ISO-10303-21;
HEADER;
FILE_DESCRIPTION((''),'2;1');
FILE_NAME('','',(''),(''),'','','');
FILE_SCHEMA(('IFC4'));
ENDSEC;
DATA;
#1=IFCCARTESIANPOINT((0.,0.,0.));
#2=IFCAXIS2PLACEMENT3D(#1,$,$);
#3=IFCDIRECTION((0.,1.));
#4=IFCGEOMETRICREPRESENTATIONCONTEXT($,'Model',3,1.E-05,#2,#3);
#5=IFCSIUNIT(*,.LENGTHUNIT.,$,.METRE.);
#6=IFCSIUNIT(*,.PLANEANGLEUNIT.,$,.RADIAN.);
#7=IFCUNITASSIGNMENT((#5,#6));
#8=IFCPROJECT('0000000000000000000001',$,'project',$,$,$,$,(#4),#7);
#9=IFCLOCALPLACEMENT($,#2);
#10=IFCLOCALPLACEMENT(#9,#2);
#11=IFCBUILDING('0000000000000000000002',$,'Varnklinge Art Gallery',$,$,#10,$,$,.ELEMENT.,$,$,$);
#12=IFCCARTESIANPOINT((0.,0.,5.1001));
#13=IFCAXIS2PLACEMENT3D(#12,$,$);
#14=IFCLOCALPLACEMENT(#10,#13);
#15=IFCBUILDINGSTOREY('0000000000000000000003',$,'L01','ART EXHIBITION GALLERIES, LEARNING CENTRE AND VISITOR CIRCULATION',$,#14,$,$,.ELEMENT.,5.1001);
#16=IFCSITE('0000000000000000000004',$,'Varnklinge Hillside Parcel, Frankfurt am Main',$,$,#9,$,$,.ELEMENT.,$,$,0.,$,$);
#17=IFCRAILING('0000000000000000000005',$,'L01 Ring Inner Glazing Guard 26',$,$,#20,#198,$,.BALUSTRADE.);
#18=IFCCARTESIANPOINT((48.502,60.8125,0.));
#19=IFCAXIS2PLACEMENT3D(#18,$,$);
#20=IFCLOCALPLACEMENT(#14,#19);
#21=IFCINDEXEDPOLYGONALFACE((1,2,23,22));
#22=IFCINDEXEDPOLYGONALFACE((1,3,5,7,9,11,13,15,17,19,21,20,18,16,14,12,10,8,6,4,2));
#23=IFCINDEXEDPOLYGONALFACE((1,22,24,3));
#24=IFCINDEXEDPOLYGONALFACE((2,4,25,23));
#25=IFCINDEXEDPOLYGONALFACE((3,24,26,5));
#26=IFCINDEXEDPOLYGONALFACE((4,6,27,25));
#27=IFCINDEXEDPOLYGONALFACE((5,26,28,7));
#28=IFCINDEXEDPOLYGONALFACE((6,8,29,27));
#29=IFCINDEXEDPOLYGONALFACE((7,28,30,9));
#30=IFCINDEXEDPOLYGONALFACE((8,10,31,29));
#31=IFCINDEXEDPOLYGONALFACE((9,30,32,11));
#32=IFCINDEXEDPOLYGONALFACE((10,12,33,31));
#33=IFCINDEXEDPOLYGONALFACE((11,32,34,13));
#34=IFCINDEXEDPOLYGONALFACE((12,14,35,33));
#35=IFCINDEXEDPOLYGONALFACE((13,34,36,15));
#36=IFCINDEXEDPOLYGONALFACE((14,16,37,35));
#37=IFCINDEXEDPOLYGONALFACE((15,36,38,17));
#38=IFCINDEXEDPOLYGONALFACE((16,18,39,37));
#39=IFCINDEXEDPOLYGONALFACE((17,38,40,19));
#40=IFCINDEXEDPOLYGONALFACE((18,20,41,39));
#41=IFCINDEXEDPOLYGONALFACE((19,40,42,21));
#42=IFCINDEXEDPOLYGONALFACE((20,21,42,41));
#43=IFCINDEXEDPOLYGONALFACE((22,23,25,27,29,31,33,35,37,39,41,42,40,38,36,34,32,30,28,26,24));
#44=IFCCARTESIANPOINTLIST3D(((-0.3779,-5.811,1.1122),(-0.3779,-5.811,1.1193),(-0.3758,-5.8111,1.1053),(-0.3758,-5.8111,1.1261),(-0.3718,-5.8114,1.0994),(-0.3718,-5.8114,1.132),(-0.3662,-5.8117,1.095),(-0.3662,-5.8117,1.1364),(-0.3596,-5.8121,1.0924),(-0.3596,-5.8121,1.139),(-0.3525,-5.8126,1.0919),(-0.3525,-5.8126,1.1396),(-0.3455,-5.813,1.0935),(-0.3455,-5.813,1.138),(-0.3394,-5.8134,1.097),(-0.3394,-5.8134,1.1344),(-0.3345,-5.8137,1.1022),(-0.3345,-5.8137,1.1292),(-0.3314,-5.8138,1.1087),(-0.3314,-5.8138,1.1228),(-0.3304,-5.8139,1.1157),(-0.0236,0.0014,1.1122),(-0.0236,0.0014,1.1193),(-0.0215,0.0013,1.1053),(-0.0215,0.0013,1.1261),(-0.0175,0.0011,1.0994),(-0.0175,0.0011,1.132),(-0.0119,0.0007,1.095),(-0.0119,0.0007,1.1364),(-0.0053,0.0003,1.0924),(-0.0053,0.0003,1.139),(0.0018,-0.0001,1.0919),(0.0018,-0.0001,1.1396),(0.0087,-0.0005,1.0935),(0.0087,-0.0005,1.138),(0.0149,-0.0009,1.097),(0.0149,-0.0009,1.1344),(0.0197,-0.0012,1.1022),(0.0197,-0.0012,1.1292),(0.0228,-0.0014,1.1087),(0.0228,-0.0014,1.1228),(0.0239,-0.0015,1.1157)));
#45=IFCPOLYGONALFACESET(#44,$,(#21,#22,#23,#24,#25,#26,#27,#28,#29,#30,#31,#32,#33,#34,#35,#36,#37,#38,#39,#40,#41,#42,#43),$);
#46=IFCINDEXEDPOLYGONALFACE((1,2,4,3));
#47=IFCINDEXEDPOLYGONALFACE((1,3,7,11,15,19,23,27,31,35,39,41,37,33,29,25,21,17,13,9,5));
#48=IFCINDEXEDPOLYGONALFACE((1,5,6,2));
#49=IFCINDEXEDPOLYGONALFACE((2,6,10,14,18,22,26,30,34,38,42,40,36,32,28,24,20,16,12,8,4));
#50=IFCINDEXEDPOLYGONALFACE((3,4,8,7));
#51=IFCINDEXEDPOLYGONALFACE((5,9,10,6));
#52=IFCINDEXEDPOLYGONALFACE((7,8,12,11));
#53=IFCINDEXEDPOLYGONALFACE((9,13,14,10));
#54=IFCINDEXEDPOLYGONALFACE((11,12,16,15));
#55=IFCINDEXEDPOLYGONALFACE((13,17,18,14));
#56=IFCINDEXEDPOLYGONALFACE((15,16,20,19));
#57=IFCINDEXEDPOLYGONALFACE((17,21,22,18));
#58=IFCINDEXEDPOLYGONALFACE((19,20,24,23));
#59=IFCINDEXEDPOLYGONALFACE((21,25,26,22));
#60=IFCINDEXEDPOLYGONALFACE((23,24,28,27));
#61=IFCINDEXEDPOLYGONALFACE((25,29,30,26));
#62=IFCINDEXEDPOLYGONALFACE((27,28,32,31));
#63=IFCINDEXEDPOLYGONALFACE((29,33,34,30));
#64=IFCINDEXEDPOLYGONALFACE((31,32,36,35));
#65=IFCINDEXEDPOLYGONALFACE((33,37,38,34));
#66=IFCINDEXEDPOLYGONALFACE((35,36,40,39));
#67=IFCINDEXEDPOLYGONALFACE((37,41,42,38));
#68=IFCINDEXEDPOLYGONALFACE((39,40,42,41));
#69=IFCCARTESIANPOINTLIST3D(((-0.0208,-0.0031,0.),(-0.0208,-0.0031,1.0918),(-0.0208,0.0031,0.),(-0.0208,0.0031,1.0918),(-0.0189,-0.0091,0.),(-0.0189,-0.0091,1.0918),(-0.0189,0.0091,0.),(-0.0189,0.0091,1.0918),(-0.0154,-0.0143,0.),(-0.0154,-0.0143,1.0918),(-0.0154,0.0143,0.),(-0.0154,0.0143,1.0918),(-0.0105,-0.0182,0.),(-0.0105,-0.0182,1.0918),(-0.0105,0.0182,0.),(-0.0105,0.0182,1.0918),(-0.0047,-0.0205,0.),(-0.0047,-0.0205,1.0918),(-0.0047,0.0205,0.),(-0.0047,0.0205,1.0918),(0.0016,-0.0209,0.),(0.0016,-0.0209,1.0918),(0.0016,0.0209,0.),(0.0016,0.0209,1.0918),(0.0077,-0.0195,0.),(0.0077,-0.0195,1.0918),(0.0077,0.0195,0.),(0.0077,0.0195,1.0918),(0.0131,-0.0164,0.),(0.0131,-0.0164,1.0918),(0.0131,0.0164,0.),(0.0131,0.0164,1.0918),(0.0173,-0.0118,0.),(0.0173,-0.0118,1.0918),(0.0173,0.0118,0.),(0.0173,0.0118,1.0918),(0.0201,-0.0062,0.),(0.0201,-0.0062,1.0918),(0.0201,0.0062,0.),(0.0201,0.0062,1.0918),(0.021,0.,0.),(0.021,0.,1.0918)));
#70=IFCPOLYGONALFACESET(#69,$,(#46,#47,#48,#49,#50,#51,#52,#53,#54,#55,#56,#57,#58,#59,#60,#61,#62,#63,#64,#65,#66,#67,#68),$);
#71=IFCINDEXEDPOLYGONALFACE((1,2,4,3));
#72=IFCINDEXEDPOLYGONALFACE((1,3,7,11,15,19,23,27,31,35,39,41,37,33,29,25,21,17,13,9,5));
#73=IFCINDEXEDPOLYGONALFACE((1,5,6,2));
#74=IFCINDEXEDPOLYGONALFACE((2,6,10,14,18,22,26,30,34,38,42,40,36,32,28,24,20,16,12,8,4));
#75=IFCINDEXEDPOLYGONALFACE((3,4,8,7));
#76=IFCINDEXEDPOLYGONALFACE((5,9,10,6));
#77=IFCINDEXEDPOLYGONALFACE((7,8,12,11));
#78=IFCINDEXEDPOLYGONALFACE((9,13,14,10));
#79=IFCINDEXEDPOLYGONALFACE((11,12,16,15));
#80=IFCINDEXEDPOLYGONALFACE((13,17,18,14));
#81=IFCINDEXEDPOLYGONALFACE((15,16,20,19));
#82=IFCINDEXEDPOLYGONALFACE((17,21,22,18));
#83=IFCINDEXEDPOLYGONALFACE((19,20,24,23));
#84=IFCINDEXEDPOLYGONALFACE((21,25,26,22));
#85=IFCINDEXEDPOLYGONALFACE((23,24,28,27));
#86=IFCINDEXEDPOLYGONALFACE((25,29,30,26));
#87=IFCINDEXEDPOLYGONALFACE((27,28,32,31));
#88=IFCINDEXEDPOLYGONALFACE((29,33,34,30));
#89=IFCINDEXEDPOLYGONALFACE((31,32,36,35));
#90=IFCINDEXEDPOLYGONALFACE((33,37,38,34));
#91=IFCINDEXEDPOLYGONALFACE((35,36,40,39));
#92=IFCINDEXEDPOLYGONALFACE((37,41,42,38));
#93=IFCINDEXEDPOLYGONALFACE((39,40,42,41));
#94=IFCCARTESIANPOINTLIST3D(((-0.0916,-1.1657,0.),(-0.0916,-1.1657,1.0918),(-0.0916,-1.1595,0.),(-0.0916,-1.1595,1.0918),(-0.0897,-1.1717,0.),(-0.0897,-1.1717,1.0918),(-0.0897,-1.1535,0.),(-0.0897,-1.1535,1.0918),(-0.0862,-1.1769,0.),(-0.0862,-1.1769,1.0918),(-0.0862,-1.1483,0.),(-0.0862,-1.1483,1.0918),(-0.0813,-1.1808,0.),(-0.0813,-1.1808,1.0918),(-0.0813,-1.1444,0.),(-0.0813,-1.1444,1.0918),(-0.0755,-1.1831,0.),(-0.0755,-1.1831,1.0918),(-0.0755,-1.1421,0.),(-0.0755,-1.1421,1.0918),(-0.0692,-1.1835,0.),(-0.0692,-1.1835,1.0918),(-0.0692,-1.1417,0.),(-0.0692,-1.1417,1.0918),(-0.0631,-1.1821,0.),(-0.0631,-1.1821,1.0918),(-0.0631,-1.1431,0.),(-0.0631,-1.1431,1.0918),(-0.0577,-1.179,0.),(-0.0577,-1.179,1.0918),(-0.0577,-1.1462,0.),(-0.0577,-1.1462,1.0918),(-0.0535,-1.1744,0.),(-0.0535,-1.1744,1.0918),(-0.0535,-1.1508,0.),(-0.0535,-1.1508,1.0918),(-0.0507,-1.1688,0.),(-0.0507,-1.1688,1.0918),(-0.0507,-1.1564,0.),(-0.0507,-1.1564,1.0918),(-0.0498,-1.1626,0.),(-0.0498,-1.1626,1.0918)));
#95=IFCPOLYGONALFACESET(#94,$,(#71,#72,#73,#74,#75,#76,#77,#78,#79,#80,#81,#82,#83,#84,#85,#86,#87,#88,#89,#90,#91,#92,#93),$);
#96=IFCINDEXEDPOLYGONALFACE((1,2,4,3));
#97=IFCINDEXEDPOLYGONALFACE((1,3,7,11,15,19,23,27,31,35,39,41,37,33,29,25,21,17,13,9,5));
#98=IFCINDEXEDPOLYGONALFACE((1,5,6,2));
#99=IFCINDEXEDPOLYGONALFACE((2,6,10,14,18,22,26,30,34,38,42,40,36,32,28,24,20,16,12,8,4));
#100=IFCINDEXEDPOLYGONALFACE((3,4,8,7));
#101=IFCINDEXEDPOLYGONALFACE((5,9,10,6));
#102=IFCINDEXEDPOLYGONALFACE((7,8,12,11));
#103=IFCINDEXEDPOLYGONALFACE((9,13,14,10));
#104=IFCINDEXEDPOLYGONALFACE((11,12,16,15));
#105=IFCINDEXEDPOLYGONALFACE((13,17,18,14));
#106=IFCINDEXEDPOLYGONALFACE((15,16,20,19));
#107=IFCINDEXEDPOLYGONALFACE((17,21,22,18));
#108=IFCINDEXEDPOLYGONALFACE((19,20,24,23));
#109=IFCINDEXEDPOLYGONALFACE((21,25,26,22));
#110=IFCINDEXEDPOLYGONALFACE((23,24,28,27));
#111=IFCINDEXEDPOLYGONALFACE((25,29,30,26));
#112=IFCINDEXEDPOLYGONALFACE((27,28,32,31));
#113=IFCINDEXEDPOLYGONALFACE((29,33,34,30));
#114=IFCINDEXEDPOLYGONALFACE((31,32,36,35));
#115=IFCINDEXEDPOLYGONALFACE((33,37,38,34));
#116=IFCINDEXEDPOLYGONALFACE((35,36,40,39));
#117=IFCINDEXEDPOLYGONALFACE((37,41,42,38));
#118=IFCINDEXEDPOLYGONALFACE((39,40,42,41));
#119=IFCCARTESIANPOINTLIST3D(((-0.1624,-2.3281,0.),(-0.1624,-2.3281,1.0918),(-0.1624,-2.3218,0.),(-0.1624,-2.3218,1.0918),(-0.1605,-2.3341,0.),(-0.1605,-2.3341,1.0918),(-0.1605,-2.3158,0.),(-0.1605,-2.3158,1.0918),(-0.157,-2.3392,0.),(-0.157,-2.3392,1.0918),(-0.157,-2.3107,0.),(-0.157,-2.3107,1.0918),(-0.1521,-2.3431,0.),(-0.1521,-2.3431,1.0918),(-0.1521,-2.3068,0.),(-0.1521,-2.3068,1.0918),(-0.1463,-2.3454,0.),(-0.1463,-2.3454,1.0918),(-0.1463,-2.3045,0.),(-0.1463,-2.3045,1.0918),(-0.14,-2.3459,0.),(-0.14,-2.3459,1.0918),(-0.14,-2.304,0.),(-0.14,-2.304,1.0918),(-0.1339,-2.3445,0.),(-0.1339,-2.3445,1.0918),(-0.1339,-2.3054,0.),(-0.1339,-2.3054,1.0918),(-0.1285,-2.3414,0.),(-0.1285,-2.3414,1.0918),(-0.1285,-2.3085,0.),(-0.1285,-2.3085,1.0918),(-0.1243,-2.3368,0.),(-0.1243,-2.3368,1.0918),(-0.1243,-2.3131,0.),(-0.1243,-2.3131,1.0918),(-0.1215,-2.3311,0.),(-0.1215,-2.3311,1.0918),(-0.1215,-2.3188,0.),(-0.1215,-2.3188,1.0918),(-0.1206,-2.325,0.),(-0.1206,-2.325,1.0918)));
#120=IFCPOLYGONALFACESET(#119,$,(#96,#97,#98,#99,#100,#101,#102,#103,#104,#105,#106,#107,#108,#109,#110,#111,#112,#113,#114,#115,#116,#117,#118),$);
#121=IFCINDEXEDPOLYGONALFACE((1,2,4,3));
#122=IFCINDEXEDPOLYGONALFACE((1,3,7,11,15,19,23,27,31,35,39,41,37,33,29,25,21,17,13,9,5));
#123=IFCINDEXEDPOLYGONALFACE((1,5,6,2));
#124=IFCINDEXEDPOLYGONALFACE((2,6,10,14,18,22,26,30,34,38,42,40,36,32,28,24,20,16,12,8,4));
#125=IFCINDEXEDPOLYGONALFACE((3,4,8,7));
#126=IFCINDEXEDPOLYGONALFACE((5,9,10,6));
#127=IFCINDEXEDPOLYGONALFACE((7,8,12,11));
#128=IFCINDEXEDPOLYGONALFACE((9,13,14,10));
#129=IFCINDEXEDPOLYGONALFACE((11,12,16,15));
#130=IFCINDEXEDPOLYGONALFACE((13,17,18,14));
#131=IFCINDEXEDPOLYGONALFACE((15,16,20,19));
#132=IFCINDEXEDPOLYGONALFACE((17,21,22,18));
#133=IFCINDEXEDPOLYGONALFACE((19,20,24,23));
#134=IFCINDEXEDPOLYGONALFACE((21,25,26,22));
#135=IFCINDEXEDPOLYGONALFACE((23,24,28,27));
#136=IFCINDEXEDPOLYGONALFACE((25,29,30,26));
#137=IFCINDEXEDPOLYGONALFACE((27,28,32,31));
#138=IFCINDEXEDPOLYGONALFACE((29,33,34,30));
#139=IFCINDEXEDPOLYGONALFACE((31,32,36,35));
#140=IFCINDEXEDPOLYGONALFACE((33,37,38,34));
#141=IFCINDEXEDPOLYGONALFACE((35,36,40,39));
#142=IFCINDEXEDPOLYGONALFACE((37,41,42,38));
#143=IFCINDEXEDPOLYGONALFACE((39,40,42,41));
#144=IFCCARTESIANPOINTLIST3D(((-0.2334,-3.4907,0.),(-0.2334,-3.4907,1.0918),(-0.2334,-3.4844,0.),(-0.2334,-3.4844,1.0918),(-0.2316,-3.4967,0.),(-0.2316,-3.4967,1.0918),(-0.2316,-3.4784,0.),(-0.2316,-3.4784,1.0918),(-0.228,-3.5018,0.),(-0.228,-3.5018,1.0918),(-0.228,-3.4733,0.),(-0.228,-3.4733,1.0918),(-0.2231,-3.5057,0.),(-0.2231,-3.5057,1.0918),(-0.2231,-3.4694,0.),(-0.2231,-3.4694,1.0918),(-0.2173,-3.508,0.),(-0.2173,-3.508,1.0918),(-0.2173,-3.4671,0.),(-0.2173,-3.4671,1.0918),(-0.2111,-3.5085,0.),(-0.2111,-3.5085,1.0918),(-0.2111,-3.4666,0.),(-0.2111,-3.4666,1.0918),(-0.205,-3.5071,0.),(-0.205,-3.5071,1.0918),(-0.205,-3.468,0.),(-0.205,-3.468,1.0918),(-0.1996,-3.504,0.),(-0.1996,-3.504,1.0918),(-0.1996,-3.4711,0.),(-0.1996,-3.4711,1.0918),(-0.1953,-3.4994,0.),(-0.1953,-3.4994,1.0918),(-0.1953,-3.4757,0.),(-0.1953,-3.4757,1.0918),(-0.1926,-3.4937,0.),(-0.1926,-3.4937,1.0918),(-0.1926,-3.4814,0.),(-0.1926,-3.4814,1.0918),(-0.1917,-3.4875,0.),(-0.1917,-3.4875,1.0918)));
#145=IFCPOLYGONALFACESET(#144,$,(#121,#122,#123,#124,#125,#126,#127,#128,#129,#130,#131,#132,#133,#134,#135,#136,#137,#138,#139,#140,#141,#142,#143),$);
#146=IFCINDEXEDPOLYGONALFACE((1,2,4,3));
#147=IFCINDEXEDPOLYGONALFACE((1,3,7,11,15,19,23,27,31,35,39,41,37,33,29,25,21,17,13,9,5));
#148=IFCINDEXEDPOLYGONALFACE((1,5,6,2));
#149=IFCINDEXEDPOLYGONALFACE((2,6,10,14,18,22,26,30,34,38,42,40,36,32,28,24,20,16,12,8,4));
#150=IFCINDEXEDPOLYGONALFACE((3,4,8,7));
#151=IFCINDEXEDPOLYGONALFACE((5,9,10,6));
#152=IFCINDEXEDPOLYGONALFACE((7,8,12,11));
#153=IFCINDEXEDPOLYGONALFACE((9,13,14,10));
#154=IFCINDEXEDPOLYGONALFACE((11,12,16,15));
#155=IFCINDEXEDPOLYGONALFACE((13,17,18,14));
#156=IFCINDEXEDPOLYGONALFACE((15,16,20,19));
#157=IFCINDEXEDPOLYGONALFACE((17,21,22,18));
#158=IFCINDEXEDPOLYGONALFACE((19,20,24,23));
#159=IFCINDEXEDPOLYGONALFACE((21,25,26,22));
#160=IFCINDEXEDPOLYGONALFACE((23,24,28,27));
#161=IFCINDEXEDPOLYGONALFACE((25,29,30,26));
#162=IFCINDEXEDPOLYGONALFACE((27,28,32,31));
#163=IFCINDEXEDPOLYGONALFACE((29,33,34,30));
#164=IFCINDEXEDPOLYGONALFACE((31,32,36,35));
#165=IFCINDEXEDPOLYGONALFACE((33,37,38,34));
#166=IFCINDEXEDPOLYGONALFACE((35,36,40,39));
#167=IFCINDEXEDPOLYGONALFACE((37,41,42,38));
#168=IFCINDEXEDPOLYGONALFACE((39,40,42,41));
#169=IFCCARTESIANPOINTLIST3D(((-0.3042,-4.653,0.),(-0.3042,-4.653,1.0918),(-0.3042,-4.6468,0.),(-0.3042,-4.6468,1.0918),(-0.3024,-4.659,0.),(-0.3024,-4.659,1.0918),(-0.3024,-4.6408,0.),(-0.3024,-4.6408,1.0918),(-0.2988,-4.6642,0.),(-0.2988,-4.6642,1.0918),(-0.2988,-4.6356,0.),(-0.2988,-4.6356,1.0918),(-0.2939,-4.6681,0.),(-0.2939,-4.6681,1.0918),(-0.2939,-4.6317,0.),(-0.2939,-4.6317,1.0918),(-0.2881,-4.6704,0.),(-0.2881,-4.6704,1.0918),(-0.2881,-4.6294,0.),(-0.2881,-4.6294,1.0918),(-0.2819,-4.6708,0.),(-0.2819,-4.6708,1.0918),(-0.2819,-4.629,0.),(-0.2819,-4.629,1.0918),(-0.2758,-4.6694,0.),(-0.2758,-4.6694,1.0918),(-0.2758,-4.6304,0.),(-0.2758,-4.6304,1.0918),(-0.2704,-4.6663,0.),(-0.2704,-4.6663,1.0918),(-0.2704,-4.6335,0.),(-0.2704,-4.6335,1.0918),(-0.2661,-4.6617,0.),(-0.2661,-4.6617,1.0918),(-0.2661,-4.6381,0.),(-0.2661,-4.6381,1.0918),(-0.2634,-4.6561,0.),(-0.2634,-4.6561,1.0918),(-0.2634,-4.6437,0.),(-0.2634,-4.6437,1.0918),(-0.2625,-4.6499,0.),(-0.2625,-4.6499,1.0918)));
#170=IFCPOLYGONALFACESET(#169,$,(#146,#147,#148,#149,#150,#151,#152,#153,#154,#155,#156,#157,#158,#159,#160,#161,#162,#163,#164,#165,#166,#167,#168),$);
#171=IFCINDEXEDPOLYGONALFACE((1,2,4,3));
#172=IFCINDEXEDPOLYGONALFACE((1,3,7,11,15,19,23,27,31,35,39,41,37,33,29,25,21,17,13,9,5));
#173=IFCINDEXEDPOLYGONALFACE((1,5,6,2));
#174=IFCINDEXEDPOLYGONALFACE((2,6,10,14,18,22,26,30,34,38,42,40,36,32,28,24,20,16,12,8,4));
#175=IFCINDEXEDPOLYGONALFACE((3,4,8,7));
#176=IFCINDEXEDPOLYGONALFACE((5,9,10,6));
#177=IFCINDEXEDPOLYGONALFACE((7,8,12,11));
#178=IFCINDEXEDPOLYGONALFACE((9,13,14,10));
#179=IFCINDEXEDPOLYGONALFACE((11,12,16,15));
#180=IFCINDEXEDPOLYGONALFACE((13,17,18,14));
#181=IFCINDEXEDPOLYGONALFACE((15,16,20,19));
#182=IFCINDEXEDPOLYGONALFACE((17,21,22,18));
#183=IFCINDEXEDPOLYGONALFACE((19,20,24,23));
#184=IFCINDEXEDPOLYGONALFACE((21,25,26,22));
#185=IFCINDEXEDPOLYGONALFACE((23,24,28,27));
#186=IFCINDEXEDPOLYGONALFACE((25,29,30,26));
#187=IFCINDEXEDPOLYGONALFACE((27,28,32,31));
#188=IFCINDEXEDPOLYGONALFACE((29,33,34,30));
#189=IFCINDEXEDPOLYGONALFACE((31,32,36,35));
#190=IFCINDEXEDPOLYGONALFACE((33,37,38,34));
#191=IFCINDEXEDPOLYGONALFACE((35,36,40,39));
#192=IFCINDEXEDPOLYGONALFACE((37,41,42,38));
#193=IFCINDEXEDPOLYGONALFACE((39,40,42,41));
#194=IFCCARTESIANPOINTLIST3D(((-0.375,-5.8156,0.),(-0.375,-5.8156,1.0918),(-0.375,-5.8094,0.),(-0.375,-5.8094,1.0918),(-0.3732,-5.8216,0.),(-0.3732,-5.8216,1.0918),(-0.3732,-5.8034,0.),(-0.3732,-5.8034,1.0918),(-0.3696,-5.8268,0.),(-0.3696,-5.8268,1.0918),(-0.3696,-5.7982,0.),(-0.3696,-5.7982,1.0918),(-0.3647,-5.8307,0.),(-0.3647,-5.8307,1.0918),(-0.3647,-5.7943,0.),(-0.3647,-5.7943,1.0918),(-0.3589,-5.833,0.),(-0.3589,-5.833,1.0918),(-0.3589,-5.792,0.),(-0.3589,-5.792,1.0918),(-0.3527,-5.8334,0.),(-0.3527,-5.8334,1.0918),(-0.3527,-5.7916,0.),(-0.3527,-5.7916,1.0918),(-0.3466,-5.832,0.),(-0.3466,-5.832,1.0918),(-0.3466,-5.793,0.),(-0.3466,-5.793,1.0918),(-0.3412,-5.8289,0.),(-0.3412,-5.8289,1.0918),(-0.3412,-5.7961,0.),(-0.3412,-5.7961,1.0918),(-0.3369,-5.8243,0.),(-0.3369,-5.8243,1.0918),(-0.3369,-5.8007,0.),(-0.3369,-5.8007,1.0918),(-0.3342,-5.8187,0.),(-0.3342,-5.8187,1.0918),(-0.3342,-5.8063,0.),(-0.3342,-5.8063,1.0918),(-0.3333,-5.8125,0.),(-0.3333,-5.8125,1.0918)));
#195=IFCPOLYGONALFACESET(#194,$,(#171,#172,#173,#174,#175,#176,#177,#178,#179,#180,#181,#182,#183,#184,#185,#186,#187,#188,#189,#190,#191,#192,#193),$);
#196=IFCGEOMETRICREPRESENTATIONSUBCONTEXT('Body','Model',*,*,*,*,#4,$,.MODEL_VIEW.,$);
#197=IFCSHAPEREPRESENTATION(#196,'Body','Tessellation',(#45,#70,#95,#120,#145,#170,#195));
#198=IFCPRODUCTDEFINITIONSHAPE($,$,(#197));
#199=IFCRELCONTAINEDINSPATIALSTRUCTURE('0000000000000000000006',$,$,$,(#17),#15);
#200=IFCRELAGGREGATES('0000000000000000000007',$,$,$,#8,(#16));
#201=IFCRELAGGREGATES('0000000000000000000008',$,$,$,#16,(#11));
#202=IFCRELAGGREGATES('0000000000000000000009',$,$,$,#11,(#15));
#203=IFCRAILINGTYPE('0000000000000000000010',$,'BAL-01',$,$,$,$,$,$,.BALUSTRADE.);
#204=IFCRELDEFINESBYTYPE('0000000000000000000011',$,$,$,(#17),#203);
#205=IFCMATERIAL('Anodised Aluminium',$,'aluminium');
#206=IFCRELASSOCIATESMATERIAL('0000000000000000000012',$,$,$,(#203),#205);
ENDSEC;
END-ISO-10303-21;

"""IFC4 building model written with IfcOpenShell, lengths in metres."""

from ifc_helpers import new_model, si_unit, direction, frame, origin, origin_2d, place, context, subcontext, project, spatial, circle, extrude, material, type_object, element, save


model = new_model("IFC4")

# Units and contexts
model_context = context("Model", 3, precision=1e-05, world=origin(), true_north=direction((0.0, 1.0)))
body_context = subcontext(model_context, "Body", "Model", "MODEL_VIEW")
ifc_project = project(units=[si_unit("LENGTHUNIT", "METRE"), si_unit("PLANEANGLEUNIT", "RADIAN")], contexts=[model_context])

# Site, building, storey
site_placement = place(None, origin())
site = spatial("IfcSite", under=ifc_project, at=site_placement, Name="Varnklinge Hillside Parcel, Frankfurt am Main", CompositionType="ELEMENT", RefElevation=0.0)
building_placement = place(site_placement, origin())
building = spatial("IfcBuilding", under=site, at=building_placement, Name="Varnklinge Art Gallery", CompositionType="ELEMENT")
storey_placement = place(building_placement, frame((0.0, 0.0, 5.1001)))
storey = spatial("IfcBuildingStorey", under=building, at=storey_placement, Name="L01", Description="ART EXHIBITION GALLERIES, LEARNING CENTRE AND VISITOR CIRCULATION", CompositionType="ELEMENT", Elevation=5.1001)

# Railing
ifc_material_1 = material(Name="Anodised Aluminium", Category="aluminium")
railing_type = type_object("IfcRailingType", Name="BAL-01", PredefinedType="BALUSTRADE", material=ifc_material_1)
railing_placement = place(storey_placement, frame((48.502, 60.8125, 0.0)))
element("IfcRailing", 1, at=railing_placement, inside=storey, type_object=railing_type, Name="L01 Ring Inner Glazing Guard 26", PredefinedType="BALUSTRADE", context=body_context, shape_type="SweptSolid", body=[
    extrude(circle(Radius=0.0239, at=origin_2d()), frame((0.0, 0.0, 1.1157), z_axis=(-0.060833, -0.998148, 0.0), x_axis=(0.998148, -0.060833, 0.0)), (0.0, 0.0, 1.0), 5.8232),
    extrude(circle(Radius=0.021, at=origin_2d()), origin(), (0.0, 0.0, 1.0), 1.0918),
    extrude(circle(Radius=0.021, at=origin_2d()), frame((-0.0708, -1.1626, 0.0)), (0.0, 0.0, 1.0), 1.0918),
    extrude(circle(Radius=0.021, at=origin_2d()), frame((-0.1416, -2.325, 0.0)), (0.0, 0.0, 1.0), 1.0918),
    extrude(circle(Radius=0.021, at=origin_2d()), frame((-0.2126, -3.4875, 0.0)), (0.0, 0.0, 1.0), 1.0918),
    extrude(circle(Radius=0.021, at=origin_2d()), frame((-0.2834, -4.6499, 0.0)), (0.0, 0.0, 1.0), 1.0918),
    extrude(circle(Radius=0.021, at=origin_2d()), frame((-0.3542, -5.8125, 0.0)), (0.0, 0.0, 1.0), 1.0918),
])

save(model, "model.ifc")
